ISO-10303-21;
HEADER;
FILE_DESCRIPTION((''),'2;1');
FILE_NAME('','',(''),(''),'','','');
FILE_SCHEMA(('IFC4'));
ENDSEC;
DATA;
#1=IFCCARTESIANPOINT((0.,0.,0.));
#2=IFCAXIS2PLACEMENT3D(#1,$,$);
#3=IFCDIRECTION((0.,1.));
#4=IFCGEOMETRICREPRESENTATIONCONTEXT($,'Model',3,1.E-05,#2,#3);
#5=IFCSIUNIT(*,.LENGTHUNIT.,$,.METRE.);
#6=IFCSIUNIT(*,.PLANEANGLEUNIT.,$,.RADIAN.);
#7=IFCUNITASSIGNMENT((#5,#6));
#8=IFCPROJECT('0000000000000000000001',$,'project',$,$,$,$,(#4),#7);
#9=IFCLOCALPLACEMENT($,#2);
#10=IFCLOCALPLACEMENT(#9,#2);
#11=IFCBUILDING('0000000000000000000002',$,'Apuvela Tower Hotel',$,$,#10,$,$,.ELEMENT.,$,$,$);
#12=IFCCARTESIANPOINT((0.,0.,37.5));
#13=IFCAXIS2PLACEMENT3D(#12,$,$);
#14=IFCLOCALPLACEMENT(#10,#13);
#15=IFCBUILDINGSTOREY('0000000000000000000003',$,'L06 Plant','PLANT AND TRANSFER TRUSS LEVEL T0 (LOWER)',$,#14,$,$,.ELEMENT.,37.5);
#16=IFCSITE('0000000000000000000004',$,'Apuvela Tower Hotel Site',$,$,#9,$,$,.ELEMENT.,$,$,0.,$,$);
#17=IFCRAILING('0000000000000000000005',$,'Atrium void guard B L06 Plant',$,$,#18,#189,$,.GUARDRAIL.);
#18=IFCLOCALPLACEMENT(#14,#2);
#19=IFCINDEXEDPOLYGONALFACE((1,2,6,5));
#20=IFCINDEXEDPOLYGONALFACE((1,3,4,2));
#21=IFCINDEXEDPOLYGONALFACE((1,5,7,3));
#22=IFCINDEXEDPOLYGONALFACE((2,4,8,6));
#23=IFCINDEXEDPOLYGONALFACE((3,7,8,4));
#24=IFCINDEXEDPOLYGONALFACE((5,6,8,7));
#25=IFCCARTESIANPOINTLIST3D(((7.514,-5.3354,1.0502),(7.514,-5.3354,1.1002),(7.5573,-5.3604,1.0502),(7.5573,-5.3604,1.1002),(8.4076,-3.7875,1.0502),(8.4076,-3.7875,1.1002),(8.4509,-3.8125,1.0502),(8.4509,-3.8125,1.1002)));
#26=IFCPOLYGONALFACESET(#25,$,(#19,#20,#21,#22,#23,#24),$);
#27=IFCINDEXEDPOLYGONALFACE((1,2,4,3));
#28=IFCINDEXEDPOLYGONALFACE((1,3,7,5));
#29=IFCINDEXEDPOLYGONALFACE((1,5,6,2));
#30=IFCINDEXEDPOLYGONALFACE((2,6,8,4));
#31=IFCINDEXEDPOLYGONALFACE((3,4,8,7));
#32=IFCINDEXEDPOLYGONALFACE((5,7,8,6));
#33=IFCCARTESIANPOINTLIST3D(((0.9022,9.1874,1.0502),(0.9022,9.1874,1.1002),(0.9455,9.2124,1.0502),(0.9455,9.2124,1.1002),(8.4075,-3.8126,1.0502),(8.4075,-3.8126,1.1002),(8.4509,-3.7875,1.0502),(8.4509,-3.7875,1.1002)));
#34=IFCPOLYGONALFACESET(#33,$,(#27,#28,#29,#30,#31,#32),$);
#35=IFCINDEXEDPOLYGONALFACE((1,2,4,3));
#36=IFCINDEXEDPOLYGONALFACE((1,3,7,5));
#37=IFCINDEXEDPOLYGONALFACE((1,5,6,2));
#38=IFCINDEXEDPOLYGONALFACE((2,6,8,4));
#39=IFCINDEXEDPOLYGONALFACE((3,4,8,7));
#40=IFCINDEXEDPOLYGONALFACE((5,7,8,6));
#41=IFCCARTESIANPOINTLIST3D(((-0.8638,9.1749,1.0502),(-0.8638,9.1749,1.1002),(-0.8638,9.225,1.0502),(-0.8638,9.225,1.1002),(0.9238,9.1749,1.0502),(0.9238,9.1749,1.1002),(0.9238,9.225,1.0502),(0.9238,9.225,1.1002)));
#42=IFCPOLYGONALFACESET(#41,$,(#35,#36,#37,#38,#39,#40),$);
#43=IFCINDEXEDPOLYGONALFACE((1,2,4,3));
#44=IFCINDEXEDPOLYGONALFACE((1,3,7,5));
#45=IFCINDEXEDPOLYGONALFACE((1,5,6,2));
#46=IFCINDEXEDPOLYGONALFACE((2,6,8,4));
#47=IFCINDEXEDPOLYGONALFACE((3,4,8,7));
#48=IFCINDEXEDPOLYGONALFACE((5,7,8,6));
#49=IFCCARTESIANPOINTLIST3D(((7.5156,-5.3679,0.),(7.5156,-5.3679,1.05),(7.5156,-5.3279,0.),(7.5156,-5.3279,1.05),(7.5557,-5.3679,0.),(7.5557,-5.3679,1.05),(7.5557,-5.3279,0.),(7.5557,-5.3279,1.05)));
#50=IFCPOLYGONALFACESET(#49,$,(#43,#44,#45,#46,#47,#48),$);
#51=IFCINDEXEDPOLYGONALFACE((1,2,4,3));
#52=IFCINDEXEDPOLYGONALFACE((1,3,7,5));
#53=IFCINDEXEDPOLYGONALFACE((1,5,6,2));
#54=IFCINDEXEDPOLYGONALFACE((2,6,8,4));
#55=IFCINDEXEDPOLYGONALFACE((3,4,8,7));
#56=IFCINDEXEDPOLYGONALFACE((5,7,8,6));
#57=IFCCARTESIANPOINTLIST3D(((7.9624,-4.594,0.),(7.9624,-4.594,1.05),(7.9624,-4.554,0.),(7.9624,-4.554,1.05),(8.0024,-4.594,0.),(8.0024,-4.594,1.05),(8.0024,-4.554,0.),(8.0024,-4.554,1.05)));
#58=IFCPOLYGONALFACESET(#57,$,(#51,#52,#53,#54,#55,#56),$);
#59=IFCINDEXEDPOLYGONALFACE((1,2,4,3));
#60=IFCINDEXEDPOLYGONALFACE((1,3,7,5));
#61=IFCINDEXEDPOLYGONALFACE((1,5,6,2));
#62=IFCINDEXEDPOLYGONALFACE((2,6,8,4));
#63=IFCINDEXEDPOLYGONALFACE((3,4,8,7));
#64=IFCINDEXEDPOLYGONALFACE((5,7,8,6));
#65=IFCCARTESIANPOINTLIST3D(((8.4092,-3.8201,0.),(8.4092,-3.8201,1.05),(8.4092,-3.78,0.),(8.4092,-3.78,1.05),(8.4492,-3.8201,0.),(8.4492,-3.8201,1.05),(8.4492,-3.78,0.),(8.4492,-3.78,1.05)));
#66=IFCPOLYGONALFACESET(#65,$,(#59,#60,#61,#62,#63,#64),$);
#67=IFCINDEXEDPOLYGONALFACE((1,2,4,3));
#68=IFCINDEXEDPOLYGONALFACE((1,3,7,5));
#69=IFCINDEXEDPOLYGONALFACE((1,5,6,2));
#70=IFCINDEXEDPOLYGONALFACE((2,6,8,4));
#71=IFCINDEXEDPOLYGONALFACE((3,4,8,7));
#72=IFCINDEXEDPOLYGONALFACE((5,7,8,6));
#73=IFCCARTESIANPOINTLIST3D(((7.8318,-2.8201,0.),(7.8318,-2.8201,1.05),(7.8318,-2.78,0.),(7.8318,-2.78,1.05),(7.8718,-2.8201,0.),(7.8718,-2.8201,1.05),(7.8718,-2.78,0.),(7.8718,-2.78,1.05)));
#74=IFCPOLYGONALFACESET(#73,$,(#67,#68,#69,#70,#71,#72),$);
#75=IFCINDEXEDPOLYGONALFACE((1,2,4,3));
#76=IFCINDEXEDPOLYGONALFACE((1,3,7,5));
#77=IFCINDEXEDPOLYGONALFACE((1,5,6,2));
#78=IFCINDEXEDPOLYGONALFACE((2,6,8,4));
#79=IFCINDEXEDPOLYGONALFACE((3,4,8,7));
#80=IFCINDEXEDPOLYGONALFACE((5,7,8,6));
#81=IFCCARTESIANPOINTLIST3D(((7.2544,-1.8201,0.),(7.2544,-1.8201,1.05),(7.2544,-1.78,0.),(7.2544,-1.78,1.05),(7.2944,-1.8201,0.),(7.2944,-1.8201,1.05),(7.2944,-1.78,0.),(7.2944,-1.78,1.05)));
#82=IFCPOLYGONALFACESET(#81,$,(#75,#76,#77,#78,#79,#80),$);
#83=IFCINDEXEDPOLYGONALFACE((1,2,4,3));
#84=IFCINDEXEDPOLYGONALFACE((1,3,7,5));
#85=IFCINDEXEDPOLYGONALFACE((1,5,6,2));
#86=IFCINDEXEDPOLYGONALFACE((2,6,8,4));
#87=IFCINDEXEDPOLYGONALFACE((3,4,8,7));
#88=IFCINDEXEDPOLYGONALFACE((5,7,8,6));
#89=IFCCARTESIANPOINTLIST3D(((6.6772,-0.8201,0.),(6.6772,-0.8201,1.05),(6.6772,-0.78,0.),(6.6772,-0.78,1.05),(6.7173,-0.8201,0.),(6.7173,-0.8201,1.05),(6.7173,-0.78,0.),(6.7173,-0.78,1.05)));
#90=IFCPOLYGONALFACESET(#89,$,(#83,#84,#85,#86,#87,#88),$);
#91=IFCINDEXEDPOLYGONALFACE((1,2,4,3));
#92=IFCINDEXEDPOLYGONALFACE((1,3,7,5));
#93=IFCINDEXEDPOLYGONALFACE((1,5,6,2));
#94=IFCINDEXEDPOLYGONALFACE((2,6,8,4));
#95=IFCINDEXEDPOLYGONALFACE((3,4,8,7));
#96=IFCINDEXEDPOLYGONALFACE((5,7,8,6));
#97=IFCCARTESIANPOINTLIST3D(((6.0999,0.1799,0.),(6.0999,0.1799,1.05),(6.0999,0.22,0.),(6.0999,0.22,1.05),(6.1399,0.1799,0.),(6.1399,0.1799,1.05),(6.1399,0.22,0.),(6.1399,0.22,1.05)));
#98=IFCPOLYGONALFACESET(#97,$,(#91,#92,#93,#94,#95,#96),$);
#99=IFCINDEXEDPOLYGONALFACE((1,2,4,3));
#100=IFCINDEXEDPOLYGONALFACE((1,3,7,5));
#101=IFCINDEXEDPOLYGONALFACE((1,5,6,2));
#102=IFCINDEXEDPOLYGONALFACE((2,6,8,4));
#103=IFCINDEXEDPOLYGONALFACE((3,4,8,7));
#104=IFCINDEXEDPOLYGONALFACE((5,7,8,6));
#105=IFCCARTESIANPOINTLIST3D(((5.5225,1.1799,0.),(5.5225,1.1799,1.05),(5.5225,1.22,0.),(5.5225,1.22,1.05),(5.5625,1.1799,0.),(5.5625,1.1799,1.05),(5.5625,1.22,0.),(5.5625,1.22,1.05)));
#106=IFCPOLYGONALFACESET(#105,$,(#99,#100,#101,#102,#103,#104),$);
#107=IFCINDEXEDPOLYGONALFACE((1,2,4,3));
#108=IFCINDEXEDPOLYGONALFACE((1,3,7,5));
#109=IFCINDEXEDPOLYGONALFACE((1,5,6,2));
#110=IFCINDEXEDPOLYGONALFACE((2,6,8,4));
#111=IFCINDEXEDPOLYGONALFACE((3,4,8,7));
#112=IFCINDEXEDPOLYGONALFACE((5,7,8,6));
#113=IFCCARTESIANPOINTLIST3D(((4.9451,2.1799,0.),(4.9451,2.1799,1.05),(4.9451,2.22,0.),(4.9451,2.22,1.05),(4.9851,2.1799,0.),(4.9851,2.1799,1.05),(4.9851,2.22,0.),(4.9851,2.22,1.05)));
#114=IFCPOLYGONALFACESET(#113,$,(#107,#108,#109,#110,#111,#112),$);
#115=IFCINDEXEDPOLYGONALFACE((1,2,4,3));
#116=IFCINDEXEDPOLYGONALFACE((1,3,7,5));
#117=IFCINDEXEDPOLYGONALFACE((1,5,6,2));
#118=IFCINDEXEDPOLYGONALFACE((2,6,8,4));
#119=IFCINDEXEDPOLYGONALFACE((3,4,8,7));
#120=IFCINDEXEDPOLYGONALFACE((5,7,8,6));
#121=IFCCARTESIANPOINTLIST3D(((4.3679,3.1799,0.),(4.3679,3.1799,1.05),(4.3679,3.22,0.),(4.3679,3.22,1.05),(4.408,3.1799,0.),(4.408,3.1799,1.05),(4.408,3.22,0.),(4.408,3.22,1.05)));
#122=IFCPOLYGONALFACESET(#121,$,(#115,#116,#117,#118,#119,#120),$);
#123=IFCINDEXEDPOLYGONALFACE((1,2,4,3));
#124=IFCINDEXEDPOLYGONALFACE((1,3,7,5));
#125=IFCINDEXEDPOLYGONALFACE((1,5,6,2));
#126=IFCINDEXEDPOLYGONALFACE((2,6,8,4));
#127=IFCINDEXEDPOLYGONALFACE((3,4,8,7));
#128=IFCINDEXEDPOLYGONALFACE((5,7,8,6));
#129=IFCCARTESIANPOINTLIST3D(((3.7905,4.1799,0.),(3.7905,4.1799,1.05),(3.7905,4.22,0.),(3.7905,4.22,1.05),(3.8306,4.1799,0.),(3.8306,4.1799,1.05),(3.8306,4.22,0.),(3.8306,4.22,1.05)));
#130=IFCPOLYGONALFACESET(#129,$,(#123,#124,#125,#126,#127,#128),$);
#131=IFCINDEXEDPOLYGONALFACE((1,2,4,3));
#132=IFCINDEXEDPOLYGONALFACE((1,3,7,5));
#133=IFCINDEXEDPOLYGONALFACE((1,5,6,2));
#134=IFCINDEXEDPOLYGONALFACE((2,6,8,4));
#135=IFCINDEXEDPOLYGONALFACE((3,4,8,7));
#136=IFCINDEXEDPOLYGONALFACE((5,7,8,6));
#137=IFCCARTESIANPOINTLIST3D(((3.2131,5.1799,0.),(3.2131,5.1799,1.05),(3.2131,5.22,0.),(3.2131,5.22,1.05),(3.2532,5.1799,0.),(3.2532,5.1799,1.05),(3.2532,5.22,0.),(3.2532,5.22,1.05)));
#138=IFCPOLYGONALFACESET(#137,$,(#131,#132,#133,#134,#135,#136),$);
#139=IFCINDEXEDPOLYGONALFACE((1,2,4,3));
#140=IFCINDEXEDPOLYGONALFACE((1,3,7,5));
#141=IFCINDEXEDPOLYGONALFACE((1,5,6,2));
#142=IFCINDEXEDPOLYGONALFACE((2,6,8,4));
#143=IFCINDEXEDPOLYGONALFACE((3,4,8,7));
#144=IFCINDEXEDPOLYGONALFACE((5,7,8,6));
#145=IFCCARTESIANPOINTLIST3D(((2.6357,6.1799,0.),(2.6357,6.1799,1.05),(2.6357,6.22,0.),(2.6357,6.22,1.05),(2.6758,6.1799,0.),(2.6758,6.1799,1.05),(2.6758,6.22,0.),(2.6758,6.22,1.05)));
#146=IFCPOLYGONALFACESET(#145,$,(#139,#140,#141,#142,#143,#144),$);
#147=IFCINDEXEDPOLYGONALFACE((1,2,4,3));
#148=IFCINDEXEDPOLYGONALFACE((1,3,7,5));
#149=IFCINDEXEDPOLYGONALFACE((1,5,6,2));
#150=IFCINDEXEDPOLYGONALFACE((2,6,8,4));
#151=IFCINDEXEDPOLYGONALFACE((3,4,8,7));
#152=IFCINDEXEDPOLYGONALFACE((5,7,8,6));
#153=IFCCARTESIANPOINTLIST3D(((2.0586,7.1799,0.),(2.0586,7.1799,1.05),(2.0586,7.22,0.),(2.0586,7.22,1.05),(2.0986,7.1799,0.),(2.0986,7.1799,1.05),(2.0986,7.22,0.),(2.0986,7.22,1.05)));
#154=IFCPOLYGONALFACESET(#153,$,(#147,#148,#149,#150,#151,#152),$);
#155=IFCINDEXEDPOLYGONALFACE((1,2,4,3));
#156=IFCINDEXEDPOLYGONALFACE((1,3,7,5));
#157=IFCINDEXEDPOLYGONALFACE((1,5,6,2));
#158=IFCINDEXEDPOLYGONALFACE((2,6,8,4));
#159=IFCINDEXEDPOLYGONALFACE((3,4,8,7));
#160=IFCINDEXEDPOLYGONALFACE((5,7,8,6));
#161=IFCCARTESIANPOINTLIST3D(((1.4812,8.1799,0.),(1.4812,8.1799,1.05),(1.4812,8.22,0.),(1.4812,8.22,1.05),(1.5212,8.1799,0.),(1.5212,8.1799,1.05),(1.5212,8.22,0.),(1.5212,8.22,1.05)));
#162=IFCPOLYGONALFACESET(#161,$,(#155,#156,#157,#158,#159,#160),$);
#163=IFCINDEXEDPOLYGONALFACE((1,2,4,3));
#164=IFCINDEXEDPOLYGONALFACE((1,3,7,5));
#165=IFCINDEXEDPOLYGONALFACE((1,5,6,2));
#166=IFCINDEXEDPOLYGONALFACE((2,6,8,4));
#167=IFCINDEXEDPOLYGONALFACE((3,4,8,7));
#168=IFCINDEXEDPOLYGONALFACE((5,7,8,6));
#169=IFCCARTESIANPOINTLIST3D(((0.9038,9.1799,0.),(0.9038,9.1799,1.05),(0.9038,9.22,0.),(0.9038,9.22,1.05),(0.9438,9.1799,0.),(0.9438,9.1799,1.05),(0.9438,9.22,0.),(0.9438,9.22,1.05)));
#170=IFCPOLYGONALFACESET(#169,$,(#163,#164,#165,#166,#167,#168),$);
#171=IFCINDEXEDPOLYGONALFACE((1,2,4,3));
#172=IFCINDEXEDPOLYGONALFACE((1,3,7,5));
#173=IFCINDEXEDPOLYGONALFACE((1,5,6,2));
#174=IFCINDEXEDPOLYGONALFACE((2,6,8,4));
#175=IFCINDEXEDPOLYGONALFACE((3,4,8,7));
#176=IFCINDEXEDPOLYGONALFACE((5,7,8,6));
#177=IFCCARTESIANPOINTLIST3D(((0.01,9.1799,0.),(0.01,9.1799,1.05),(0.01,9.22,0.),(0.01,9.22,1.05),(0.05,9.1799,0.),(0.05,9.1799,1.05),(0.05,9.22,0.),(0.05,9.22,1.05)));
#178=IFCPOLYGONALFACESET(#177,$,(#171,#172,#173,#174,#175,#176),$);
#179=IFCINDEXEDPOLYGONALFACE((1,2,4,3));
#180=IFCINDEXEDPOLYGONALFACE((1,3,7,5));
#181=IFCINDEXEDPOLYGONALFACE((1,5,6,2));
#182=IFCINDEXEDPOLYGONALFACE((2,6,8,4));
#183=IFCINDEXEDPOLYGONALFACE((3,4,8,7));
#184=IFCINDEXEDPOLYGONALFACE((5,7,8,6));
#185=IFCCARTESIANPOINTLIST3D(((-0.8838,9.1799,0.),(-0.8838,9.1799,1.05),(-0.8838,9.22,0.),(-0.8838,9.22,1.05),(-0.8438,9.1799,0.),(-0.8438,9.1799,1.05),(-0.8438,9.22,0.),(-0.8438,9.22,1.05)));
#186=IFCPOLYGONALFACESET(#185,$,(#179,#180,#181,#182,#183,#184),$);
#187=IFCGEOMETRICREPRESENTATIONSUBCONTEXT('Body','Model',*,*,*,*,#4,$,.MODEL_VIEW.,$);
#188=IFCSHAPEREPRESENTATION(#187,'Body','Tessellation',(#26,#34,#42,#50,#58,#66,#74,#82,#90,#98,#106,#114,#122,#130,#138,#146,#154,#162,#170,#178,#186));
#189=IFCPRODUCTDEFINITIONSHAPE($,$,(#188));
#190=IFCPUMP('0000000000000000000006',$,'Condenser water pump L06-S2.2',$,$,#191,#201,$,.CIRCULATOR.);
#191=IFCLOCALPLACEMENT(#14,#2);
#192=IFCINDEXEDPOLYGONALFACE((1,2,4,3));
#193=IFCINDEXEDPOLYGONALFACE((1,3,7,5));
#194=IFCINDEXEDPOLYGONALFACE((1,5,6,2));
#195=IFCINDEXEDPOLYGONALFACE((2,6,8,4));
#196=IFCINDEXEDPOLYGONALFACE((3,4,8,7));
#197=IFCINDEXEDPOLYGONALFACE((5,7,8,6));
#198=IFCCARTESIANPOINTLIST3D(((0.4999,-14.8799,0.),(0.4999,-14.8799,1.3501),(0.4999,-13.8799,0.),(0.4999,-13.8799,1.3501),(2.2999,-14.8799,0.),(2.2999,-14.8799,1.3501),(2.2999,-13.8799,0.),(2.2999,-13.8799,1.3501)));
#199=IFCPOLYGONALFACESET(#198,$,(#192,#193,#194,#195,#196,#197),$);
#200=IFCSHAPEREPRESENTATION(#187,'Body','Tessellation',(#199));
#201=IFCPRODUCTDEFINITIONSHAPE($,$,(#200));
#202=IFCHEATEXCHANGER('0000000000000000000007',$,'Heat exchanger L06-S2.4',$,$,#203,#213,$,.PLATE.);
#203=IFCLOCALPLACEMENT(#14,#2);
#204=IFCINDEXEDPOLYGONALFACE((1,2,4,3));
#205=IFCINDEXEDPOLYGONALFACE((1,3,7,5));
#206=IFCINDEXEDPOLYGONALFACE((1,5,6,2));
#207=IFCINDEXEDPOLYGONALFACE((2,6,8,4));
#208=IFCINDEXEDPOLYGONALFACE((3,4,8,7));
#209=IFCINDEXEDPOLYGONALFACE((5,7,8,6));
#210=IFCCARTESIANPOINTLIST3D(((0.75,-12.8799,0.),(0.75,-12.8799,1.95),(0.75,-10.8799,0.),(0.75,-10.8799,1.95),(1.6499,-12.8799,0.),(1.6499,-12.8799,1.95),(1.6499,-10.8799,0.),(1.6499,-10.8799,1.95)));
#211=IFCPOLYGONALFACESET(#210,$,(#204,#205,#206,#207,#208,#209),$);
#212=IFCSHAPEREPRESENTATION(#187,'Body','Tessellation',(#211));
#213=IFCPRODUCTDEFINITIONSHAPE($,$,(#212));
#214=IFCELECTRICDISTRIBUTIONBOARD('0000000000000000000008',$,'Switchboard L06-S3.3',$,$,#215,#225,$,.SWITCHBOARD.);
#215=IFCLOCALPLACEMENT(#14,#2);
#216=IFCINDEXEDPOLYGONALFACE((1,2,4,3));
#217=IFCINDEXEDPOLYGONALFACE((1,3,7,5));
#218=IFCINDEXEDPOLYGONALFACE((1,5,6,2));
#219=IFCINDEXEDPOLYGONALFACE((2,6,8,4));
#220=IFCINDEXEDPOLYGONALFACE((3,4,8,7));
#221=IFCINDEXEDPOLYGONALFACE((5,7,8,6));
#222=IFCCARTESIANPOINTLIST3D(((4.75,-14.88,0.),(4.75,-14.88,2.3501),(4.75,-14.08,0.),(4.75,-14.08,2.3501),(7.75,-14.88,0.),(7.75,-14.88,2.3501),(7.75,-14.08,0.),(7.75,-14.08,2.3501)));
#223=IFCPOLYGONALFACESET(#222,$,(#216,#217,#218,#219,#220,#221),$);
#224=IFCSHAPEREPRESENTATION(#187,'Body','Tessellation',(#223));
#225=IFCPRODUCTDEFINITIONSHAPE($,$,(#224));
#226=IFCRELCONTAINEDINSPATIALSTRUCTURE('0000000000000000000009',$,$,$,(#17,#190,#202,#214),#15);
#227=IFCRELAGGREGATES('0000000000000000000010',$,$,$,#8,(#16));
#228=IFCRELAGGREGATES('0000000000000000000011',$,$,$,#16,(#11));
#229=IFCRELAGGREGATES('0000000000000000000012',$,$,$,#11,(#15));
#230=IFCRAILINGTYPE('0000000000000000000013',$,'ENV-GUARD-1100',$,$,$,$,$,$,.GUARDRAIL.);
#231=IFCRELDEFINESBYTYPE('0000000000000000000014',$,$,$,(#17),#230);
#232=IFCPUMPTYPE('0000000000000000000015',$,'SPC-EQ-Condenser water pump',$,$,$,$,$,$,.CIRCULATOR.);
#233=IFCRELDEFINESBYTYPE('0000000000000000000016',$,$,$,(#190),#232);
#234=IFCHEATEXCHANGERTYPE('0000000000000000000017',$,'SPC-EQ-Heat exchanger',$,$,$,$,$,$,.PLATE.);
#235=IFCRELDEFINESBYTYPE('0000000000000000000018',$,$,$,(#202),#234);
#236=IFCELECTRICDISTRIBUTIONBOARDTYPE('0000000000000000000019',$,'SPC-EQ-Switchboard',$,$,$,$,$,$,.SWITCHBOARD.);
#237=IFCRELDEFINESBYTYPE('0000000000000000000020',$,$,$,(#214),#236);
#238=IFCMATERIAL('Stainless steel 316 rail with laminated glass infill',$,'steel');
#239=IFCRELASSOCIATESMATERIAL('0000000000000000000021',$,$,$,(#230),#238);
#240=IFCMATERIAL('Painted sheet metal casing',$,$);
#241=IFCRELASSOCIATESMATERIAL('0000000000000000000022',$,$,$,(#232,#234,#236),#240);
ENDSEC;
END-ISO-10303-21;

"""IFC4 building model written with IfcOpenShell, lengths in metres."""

from ifc_helpers import new_model, si_unit, direction, frame, origin, origin_2d, place, context, subcontext, project, spatial, rectangle, extrude, material, type_object, element, save


model = new_model("IFC4")

# Units and contexts
model_context = context("Model", 3, precision=1e-05, world=origin(), true_north=direction((0.0, 1.0)))
body_context = subcontext(model_context, "Body", "Model", "MODEL_VIEW")
ifc_project = project(units=[si_unit("LENGTHUNIT", "METRE"), si_unit("PLANEANGLEUNIT", "RADIAN")], contexts=[model_context])

# Site, building, storey
site_placement = place(None, origin())
site = spatial("IfcSite", under=ifc_project, at=site_placement, Name="Apuvela Tower Hotel Site", CompositionType="ELEMENT", RefElevation=0.0)
building_placement = place(site_placement, origin())
building = spatial("IfcBuilding", under=site, at=building_placement, Name="Apuvela Tower Hotel", CompositionType="ELEMENT")
storey_placement = place(building_placement, frame((0.0, 0.0, 37.5)))
storey = spatial("IfcBuildingStorey", under=building, at=storey_placement, Name="L06 Plant", Description="PLANT AND TRANSFER TRUSS LEVEL T0 (LOWER)", CompositionType="ELEMENT", Elevation=37.5)

# Railing
ifc_material_1 = material(Name="Stainless steel 316 rail with laminated glass infill", Category="steel")
railing_type_1 = type_object("IfcRailingType", Name="ENV-GUARD-1100", PredefinedType="GUARDRAIL", material=ifc_material_1)
railing_1_placement = place(storey_placement, frame((7.5356, -5.3479, 0.0)))
element("IfcRailing", 1, at=railing_1_placement, inside=storey, type_object=railing_type_1, Name="Atrium void guard B L06 Plant", PredefinedType="GUARDRAIL", context=body_context, shape_type="SweptSolid", body=[
    extrude(rectangle(XDim=0.05, YDim=0.05, at=origin_2d()), frame((0.0, 0.0, 1.0752), z_axis=(0.499959, 0.866049, 0.0), x_axis=(-0.866049, 0.499959, 0.0)), (0.0, 0.0, 1.0), 1.7874),
    extrude(rectangle(XDim=0.05, YDim=0.05, at=origin_2d()), frame((0.8936, 1.5479, 1.0752), z_axis=(-0.499991, 0.866031, 0.0), x_axis=(-0.866031, -0.499991, 0.0)), (0.0, 0.0, 1.0), 15.011),
    extrude(rectangle(XDim=0.05, YDim=0.05, at=origin_2d()), frame((-6.6118, 14.5479, 1.0752), z_axis=(-1.0, 0.0, 0.0), x_axis=(0.0, -1.0, 0.0)), (0.0, 0.0, 1.0), 1.7876),
    extrude(rectangle(XDim=0.04, YDim=0.04, at=origin_2d()), origin(), (0.0, 0.0, 1.0), 1.05),
    extrude(rectangle(XDim=0.04, YDim=0.04, at=origin_2d()), frame((0.4468, 0.7739, 0.0)), (0.0, 0.0, 1.0), 1.05),
    extrude(rectangle(XDim=0.04, YDim=0.04, at=origin_2d()), frame((0.8936, 1.5479, 0.0)), (0.0, 0.0, 1.0), 1.05),
    extrude(rectangle(XDim=0.04, YDim=0.04, at=origin_2d()), frame((0.3162, 2.5479, 0.0)), (0.0, 0.0, 1.0), 1.05),
    extrude(rectangle(XDim=0.04, YDim=0.04, at=origin_2d()), frame((-0.2612, 3.5479, 0.0)), (0.0, 0.0, 1.0), 1.05),
    extrude(rectangle(XDim=0.04, YDim=0.04, at=origin_2d()), frame((-0.8384, 4.5479, 0.0)), (0.0, 0.0, 1.0), 1.05),
    extrude(rectangle(XDim=0.04, YDim=0.04, at=origin_2d()), frame((-1.4158, 5.5479, 0.0)), (0.0, 0.0, 1.0), 1.05),
    extrude(rectangle(XDim=0.04, YDim=0.04, at=origin_2d()), frame((-1.9932, 6.5479, 0.0)), (0.0, 0.0, 1.0), 1.05),
    extrude(rectangle(XDim=0.04, YDim=0.04, at=origin_2d()), frame((-2.5706, 7.5479, 0.0)), (0.0, 0.0, 1.0), 1.05),
    extrude(rectangle(XDim=0.04, YDim=0.04, at=origin_2d()), frame((-3.1477, 8.5479, 0.0)), (0.0, 0.0, 1.0), 1.05),
    extrude(rectangle(XDim=0.04, YDim=0.04, at=origin_2d()), frame((-3.7251, 9.5479, 0.0)), (0.0, 0.0, 1.0), 1.05),
    extrude(rectangle(XDim=0.04, YDim=0.04, at=origin_2d()), frame((-4.3025, 10.5479, 0.0)), (0.0, 0.0, 1.0), 1.05),
    extrude(rectangle(XDim=0.04, YDim=0.04, at=origin_2d()), frame((-4.8799, 11.5479, 0.0)), (0.0, 0.0, 1.0), 1.05),
    extrude(rectangle(XDim=0.04, YDim=0.04, at=origin_2d()), frame((-5.457, 12.5479, 0.0)), (0.0, 0.0, 1.0), 1.05),
    extrude(rectangle(XDim=0.04, YDim=0.04, at=origin_2d()), frame((-6.0344, 13.5479, 0.0)), (0.0, 0.0, 1.0), 1.05),
    extrude(rectangle(XDim=0.04, YDim=0.04, at=origin_2d()), frame((-6.6118, 14.5479, 0.0)), (0.0, 0.0, 1.0), 1.05),
    extrude(rectangle(XDim=0.04, YDim=0.04, at=origin_2d()), frame((-7.5056, 14.5479, 0.0)), (0.0, 0.0, 1.0), 1.05),
    extrude(rectangle(XDim=0.04, YDim=0.04, at=origin_2d()), frame((-8.3994, 14.5479, 0.0)), (0.0, 0.0, 1.0), 1.05),
])

# Pump
ifc_material_2 = material(Name="Painted sheet metal casing")
pump_type = type_object("IfcPumpType", Name="SPC-EQ-Condenser water pump", PredefinedType="CIRCULATOR", material=ifc_material_2)
pump_placement = place(storey_placement, frame((1.3999, -14.3799, 0.0), z_axis=(0.0, 0.0, 1.0), x_axis=(1.0, 0.0, 0.0)))
element("IfcPump", 2, at=pump_placement, inside=storey, type_object=pump_type, Name="Condenser water pump L06-S2.2", PredefinedType="CIRCULATOR", context=body_context, shape_type="SweptSolid", body=[
    extrude(rectangle(XDim=1.8, YDim=1.0, at=origin_2d()), origin(), (0.0, 0.0, 1.0), 1.3501),
])

# Heat exchanger
heat_exchanger_type = type_object("IfcHeatExchangerType", Name="SPC-EQ-Heat exchanger", PredefinedType="PLATE", material=ifc_material_2)
heat_exchanger_placement = place(storey_placement, frame((1.2, -11.8799, 0.0), z_axis=(0.0, 0.0, 1.0), x_axis=(1.0, 0.0, 0.0)))
element("IfcHeatExchanger", 3, at=heat_exchanger_placement, inside=storey, type_object=heat_exchanger_type, Name="Heat exchanger L06-S2.4", PredefinedType="PLATE", context=body_context, shape_type="SweptSolid", body=[
    extrude(rectangle(XDim=0.8999, YDim=2.0, at=origin_2d()), origin(), (0.0, 0.0, 1.0), 1.95),
])

# Electric distribution board
electric_distribution_board_type = type_object("IfcElectricDistributionBoardType", Name="SPC-EQ-Switchboard", PredefinedType="SWITCHBOARD", material=ifc_material_2)
electric_distribution_board_placement = place(storey_placement, frame((6.25, -14.48, 0.0), z_axis=(0.0, 0.0, 1.0), x_axis=(1.0, 0.0, 0.0)))
element("IfcElectricDistributionBoard", 4, at=electric_distribution_board_placement, inside=storey, type_object=electric_distribution_board_type, Name="Switchboard L06-S3.3", PredefinedType="SWITCHBOARD", context=body_context, shape_type="SweptSolid", body=[
    extrude(rectangle(XDim=3.0, YDim=0.8, at=origin_2d()), origin(), (0.0, 0.0, 1.0), 2.3501),
])

save(model, "model.ifc")
